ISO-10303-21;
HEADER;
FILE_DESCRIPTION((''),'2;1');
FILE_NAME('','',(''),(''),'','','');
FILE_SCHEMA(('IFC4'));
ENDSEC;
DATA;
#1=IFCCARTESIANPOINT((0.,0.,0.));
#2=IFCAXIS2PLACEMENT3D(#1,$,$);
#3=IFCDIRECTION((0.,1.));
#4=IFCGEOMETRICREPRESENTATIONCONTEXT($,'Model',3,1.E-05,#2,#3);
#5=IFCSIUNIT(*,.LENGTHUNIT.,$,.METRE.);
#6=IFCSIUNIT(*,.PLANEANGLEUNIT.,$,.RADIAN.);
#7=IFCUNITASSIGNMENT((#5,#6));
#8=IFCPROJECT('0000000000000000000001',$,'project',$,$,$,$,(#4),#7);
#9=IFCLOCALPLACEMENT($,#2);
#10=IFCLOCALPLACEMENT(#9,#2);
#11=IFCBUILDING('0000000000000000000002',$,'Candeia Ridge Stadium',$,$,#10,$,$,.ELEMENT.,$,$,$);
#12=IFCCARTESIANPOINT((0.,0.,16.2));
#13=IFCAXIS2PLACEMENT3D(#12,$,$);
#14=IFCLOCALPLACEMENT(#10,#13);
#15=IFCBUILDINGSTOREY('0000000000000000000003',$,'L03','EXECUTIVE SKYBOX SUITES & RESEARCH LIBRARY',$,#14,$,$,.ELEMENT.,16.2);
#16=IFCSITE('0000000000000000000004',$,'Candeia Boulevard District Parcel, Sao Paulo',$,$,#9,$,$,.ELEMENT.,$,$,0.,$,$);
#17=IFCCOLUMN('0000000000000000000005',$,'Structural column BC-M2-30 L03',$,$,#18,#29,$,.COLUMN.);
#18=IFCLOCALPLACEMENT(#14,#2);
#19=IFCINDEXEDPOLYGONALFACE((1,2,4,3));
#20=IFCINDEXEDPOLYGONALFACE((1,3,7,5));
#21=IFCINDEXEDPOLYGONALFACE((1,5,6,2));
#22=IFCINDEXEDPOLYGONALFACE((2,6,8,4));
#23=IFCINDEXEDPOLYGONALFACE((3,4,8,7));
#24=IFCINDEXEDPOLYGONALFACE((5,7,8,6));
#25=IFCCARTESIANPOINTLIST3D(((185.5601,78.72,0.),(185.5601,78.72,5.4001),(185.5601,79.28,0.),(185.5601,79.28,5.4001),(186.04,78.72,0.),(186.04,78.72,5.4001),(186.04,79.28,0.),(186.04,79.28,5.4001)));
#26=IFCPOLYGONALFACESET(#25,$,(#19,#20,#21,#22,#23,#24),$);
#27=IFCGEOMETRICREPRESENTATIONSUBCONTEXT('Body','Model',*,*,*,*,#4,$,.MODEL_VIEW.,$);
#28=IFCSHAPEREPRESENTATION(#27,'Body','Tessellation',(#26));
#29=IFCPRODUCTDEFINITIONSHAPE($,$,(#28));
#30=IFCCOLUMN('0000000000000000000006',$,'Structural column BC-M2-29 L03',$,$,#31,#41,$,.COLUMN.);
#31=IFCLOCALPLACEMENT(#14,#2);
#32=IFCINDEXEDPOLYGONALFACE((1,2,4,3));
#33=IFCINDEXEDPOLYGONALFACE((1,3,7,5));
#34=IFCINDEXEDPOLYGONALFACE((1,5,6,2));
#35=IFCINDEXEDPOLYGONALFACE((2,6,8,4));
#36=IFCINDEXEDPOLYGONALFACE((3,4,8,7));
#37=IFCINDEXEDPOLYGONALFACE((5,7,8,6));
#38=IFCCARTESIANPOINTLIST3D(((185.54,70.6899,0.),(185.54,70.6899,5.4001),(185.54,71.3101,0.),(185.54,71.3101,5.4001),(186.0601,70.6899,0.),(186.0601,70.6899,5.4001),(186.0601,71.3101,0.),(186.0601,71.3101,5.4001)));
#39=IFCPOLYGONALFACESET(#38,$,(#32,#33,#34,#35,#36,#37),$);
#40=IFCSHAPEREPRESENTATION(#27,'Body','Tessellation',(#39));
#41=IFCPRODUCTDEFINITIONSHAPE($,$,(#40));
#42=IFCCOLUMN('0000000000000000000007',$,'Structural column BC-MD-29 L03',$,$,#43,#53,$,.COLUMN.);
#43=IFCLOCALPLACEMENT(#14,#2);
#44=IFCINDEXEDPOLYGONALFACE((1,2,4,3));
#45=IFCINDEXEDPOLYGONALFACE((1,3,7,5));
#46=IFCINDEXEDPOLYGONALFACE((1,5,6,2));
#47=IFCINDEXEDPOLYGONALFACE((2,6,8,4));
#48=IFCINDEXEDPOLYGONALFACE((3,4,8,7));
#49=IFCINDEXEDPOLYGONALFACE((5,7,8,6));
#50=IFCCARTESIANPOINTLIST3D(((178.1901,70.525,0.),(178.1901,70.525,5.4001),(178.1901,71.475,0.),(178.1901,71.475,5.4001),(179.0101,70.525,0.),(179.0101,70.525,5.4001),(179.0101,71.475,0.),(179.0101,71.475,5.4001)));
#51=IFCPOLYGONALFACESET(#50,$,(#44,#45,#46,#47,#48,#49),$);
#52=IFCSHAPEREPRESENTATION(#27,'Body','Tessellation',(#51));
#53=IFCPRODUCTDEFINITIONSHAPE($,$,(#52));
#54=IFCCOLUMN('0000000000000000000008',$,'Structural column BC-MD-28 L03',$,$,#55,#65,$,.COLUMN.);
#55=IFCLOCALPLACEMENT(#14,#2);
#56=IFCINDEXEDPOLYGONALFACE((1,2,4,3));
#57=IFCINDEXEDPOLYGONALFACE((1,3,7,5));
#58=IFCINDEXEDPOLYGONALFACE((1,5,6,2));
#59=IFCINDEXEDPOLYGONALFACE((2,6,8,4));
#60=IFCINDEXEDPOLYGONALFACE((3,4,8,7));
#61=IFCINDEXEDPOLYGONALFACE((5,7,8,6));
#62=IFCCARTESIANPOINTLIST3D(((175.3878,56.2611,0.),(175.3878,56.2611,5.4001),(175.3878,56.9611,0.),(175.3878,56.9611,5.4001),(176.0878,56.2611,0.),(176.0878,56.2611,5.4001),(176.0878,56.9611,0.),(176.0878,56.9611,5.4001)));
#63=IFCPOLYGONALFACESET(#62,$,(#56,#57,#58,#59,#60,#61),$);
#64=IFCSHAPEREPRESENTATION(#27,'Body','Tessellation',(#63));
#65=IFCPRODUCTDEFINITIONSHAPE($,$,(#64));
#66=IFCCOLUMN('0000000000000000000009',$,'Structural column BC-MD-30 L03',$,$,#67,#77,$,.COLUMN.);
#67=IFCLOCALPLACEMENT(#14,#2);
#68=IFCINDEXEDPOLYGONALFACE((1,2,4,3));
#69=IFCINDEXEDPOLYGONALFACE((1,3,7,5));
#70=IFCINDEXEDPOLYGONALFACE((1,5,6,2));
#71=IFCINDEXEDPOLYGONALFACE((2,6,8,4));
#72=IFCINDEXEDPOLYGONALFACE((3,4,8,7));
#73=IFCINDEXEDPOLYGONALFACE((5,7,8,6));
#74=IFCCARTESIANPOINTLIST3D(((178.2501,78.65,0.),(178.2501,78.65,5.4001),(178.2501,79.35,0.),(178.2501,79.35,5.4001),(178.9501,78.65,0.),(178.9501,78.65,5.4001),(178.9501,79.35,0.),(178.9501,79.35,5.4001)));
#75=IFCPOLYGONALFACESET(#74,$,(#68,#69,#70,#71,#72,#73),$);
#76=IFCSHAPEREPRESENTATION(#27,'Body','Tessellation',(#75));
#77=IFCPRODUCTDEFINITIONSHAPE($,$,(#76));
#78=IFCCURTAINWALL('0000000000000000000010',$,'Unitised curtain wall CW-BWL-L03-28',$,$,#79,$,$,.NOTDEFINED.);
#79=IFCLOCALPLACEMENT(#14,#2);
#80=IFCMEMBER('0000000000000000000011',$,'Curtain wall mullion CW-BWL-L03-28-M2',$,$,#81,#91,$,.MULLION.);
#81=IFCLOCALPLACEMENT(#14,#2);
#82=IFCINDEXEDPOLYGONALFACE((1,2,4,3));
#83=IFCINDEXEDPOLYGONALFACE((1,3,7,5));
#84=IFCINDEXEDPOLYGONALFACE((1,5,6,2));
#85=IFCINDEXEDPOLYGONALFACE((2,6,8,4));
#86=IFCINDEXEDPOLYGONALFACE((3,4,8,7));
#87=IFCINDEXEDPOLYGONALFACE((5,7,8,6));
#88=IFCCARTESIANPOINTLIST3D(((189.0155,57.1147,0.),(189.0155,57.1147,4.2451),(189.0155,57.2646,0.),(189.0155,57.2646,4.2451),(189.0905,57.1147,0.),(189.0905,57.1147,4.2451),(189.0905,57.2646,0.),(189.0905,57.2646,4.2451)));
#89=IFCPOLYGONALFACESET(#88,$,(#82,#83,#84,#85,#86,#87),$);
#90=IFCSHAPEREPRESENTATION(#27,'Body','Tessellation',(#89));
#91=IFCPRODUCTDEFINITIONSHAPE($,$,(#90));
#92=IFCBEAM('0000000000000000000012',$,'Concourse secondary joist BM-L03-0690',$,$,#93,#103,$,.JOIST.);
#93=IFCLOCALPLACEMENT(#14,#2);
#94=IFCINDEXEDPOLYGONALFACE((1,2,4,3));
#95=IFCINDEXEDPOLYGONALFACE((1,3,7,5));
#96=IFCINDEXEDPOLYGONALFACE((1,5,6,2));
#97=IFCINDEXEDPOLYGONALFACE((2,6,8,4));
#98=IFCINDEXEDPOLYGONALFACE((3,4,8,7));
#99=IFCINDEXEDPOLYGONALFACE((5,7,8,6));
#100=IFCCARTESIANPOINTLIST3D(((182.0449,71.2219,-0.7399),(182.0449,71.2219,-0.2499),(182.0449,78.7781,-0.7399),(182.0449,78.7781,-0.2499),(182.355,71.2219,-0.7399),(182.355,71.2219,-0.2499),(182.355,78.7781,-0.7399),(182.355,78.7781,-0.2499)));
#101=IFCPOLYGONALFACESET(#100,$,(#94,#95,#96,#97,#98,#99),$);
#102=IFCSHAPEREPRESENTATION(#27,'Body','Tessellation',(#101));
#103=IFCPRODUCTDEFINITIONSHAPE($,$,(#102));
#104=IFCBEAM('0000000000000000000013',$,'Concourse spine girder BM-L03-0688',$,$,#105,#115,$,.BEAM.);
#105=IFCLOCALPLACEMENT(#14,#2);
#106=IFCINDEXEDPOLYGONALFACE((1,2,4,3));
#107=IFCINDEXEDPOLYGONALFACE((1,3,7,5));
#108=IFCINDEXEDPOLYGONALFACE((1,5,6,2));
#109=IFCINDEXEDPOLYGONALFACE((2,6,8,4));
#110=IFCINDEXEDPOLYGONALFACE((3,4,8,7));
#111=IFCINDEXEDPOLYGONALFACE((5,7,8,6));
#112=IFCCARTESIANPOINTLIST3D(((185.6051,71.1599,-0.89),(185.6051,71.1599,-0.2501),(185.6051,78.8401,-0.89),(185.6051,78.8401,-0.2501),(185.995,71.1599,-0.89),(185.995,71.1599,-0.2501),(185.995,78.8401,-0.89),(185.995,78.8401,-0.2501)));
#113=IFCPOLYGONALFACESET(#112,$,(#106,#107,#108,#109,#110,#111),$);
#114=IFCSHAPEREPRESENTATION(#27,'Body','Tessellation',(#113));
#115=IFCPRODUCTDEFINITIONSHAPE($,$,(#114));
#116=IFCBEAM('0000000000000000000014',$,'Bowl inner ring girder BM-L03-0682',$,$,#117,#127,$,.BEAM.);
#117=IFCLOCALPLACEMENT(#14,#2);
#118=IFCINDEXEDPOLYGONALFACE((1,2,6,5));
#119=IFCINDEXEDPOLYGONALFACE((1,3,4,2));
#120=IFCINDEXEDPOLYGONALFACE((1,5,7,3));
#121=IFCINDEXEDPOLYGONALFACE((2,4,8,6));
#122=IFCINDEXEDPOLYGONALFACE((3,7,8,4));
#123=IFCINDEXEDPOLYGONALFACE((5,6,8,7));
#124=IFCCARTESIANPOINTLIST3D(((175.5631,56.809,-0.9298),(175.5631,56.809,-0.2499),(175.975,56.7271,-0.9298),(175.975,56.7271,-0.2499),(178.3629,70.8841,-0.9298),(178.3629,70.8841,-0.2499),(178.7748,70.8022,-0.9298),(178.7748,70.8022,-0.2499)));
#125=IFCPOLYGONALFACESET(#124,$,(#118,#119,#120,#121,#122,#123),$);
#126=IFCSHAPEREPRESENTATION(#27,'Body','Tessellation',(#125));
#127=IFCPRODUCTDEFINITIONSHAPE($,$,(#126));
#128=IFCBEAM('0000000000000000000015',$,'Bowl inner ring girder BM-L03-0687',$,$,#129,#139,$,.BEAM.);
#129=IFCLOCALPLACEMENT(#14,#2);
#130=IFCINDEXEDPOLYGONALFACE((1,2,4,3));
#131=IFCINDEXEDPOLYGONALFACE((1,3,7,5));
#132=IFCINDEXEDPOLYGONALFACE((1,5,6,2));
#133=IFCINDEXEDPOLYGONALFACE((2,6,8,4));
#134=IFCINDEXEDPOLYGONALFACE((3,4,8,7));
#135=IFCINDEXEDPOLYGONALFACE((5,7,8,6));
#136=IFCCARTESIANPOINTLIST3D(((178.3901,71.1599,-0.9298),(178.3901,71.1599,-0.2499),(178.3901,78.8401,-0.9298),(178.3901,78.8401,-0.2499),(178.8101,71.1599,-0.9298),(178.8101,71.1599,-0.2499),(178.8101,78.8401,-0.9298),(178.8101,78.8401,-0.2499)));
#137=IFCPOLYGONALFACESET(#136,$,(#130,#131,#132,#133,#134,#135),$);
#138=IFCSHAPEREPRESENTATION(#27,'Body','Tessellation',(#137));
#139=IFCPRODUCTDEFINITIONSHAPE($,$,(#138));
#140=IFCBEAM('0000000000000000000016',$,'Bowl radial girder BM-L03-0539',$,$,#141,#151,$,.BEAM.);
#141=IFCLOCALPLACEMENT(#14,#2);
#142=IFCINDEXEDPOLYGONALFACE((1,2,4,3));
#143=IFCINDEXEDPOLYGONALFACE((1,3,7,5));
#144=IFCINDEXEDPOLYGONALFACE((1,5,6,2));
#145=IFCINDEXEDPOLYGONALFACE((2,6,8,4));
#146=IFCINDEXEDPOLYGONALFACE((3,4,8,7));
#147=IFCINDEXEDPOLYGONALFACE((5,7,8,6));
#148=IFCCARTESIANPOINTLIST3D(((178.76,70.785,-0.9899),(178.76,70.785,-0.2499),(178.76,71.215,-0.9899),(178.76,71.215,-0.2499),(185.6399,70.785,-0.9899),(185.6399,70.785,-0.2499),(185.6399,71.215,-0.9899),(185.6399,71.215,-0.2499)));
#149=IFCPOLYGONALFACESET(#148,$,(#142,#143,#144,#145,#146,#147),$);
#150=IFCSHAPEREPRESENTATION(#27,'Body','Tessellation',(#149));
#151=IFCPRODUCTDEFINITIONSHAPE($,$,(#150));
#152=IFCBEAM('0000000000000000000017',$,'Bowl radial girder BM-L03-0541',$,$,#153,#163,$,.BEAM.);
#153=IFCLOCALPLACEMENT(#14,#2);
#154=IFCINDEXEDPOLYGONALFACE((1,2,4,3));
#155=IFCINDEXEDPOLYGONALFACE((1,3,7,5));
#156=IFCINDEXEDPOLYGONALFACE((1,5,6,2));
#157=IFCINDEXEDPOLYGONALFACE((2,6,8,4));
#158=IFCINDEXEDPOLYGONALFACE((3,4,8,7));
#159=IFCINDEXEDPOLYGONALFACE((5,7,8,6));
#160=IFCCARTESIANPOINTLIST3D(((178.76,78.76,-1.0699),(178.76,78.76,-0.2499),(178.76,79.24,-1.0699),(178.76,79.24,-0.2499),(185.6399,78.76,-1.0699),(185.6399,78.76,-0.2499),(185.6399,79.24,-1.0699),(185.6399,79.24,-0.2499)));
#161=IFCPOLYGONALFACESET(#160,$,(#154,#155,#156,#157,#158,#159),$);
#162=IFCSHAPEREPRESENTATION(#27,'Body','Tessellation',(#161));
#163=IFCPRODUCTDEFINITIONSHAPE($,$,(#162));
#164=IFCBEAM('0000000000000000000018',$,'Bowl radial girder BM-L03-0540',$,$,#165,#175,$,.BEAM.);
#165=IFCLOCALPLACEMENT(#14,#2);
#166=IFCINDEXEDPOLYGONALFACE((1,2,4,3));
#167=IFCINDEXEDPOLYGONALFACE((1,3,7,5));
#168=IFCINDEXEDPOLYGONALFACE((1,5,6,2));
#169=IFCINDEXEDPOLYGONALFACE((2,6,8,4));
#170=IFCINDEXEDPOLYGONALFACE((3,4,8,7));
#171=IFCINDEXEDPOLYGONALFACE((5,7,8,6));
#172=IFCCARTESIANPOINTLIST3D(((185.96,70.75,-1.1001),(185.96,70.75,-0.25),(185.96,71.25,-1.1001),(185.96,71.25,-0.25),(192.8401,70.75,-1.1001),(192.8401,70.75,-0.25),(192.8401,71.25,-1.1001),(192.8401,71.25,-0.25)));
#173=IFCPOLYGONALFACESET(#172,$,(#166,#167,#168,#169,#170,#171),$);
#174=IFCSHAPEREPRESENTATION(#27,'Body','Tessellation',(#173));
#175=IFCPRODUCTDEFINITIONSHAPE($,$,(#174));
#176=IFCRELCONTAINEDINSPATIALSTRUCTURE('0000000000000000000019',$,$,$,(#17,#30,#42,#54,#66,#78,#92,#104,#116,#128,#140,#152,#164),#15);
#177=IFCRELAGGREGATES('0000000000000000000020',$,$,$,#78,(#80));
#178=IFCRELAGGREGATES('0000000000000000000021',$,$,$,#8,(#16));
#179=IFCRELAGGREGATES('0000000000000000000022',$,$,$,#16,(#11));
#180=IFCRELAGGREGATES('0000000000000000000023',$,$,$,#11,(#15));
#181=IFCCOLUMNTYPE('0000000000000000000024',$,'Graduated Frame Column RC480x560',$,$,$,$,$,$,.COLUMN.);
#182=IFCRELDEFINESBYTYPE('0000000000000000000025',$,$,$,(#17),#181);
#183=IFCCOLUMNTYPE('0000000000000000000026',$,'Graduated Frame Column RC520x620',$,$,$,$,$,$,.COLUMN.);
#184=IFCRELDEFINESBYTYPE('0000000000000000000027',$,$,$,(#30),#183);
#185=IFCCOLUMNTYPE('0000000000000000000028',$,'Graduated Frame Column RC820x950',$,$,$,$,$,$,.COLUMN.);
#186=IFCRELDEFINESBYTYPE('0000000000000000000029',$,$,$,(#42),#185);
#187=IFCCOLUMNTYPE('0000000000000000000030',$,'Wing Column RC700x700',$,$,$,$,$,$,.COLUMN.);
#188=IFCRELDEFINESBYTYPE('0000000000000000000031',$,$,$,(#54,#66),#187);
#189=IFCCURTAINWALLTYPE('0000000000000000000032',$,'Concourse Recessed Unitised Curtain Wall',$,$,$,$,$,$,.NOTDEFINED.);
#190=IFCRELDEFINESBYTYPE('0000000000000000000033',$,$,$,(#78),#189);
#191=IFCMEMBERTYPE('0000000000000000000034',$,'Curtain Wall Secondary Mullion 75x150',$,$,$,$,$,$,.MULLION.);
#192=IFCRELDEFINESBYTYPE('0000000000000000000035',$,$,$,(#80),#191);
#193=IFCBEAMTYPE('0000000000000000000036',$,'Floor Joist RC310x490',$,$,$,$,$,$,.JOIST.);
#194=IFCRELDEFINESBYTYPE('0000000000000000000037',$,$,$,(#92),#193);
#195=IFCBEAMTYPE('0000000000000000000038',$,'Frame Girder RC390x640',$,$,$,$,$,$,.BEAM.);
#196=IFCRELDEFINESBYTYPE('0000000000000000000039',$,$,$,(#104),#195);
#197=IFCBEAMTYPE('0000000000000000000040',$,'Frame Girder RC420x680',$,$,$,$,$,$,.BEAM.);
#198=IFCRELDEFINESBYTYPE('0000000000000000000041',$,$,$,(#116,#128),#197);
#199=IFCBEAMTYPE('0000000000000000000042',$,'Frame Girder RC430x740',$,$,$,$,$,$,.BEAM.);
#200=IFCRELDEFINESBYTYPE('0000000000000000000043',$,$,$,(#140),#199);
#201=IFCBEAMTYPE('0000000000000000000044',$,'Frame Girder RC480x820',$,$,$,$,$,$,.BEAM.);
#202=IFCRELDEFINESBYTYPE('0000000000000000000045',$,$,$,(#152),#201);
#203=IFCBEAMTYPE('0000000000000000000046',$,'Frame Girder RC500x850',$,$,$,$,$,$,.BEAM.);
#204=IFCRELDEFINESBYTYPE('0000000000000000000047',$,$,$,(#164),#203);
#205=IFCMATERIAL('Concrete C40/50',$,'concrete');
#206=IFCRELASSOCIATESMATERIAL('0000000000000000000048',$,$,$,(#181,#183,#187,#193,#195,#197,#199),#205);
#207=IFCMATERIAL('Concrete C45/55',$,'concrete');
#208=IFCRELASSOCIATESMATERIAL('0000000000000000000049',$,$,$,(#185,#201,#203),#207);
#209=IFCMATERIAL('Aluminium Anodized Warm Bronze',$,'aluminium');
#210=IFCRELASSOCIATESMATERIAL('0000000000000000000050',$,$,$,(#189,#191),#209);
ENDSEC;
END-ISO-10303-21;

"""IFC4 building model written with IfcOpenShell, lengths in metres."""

from ifc_helpers import new_model, si_unit, direction, frame, origin, origin_2d, place, context, subcontext, project, spatial, rectangle, extrude, material, material_profile, profile_set, type_object, element, aggregate, save


model = new_model("IFC4")

# Units and contexts
model_context = context("Model", 3, precision=1e-05, world=origin(), true_north=direction((0.0, 1.0)))
body_context = subcontext(model_context, "Body", "Model", "MODEL_VIEW")
ifc_project = project(units=[si_unit("LENGTHUNIT", "METRE"), si_unit("PLANEANGLEUNIT", "RADIAN")], contexts=[model_context])

# Site, building, storey
site_placement = place(None, origin())
site = spatial("IfcSite", under=ifc_project, at=site_placement, Name="Candeia Boulevard District Parcel, Sao Paulo", CompositionType="ELEMENT", RefElevation=0.0)
building_placement = place(site_placement, origin())
building = spatial("IfcBuilding", under=site, at=building_placement, Name="Candeia Ridge Stadium", CompositionType="ELEMENT")
storey_placement = place(building_placement, frame((0.0, 0.0, 16.2)))
storey = spatial("IfcBuildingStorey", under=building, at=storey_placement, Name="L03", Description="EXECUTIVE SKYBOX SUITES & RESEARCH LIBRARY", CompositionType="ELEMENT", Elevation=16.2)

# Columns
ifc_material_1 = material(Name="Concrete C40/50", Category="concrete")
ifc_material_profile_1 = material_profile(ifc_material_1, rectangle(XDim=0.48, YDim=0.5601, at=origin_2d()), Name="RC480x560", Category="concrete")
ifc_profile_set_1 = profile_set([ifc_material_profile_1], Name="Concrete C40/50")
column_type_1 = type_object("IfcColumnType", Name="Graduated Frame Column RC480x560", PredefinedType="COLUMN", material=ifc_profile_set_1)
column_1_placement = place(storey_placement, frame((185.8, 79.0, 0.0), z_axis=(0.0, 0.0, 1.0), x_axis=(1.0, 0.0, 0.0)))
element("IfcColumn", 1, at=column_1_placement, inside=storey, type_object=column_type_1, Name="Structural column BC-M2-30 L03", PredefinedType="COLUMN", context=body_context, shape_type="SweptSolid", body=[
    extrude(rectangle(XDim=0.48, YDim=0.5601, at=origin_2d()), origin(), (0.0, 0.0, 1.0), 5.4001),
])
ifc_material_profile_2 = material_profile(ifc_material_1, rectangle(XDim=0.52, YDim=0.6201, at=origin_2d()), Name="RC520x620", Category="concrete")
ifc_profile_set_2 = profile_set([ifc_material_profile_2], Name="Concrete C40/50")
column_type_2 = type_object("IfcColumnType", Name="Graduated Frame Column RC520x620", PredefinedType="COLUMN", material=ifc_profile_set_2)
column_2_placement = place(storey_placement, frame((185.8, 71.0, 0.0), z_axis=(0.0, 0.0, 1.0), x_axis=(1.0, 0.0, 0.0)))
element("IfcColumn", 2, at=column_2_placement, inside=storey, type_object=column_type_2, Name="Structural column BC-M2-29 L03", PredefinedType="COLUMN", context=body_context, shape_type="SweptSolid", body=[
    extrude(rectangle(XDim=0.52, YDim=0.6201, at=origin_2d()), origin(), (0.0, 0.0, 1.0), 5.4001),
])
ifc_material_2 = material(Name="Concrete C45/55", Category="concrete")
ifc_material_profile_3 = material_profile(ifc_material_2, rectangle(XDim=0.8201, YDim=0.95, at=origin_2d()), Name="RC820x950", Category="concrete")
ifc_profile_set_3 = profile_set([ifc_material_profile_3], Name="Concrete C45/55")
column_type_3 = type_object("IfcColumnType", Name="Graduated Frame Column RC820x950", PredefinedType="COLUMN", material=ifc_profile_set_3)
column_3_placement = place(storey_placement, frame((178.6001, 71.0, 0.0), z_axis=(0.0, 0.0, 1.0), x_axis=(1.0, 0.0, 0.0)))
element("IfcColumn", 3, at=column_3_placement, inside=storey, type_object=column_type_3, Name="Structural column BC-MD-29 L03", PredefinedType="COLUMN", context=body_context, shape_type="SweptSolid", body=[
    extrude(rectangle(XDim=0.8201, YDim=0.95, at=origin_2d()), origin(), (0.0, 0.0, 1.0), 5.4001),
])
ifc_material_profile_4 = material_profile(ifc_material_1, rectangle(XDim=0.7, YDim=0.7, at=origin_2d()), Name="RC700x700", Category="concrete")
ifc_profile_set_4 = profile_set([ifc_material_profile_4], Name="Concrete C40/50")
column_type_4 = type_object("IfcColumnType", Name="Wing Column RC700x700", PredefinedType="COLUMN", material=ifc_profile_set_4)
for number, where, z_axis, x_axis, name in (
    (4, (175.7378, 56.6111, 0.0), (0.0, 0.0, 1.0), (1.0, 0.0, 0.0), "Structural column BC-MD-28 L03"),
    (5, (178.6001, 79.0, 0.0), (0.0, 0.0, 1.0), (1.0, 0.0, 0.0), "Structural column BC-MD-30 L03"),
):
    element("IfcColumn", number, at=place(storey_placement, frame(where, z_axis=z_axis, x_axis=x_axis)), inside=storey, type_object=column_type_4, Name=name, PredefinedType="COLUMN", context=body_context, shape_type="SweptSolid", body=[
        extrude(rectangle(XDim=0.7, YDim=0.7, at=origin_2d()), origin(), (0.0, 0.0, 1.0), 5.4001),
    ])

# Curtain wall, member
ifc_material_3 = material(Name="Aluminium Anodized Warm Bronze", Category="aluminium")
curtain_wall_type = type_object("IfcCurtainWallType", Name="Concourse Recessed Unitised Curtain Wall", PredefinedType="NOTDEFINED", material=ifc_material_3)
curtain_wall_placement = place(storey_placement, origin())
curtain_wall = element("IfcCurtainWall", 6, at=curtain_wall_placement, inside=storey, type_object=curtain_wall_type, Name="Unitised curtain wall CW-BWL-L03-28", PredefinedType="NOTDEFINED")
ifc_material_profile_5 = material_profile(ifc_material_3, rectangle(XDim=0.075, YDim=0.1499, at=origin_2d()), Name="CWM-75x150", Category="aluminium")
ifc_profile_set_5 = profile_set([ifc_material_profile_5], Name="Aluminium Anodized Warm Bronze")
member_type = type_object("IfcMemberType", Name="Curtain Wall Secondary Mullion 75x150", PredefinedType="MULLION", material=ifc_profile_set_5)
member_placement = place(storey_placement, frame((189.053, 57.1897, 0.0), z_axis=(0.0, 0.0, 1.0), x_axis=(1.0, 0.0, 0.0)))
member = element("IfcMember", 7, at=member_placement, type_object=member_type, Name="Curtain wall mullion CW-BWL-L03-28-M2", PredefinedType="MULLION", context=body_context, shape_type="SweptSolid", body=[
    extrude(rectangle(XDim=0.075, YDim=0.1499, at=origin_2d()), origin(), (0.0, 0.0, 1.0), 4.2451),
])

# Beams
ifc_material_profile_6 = material_profile(ifc_material_1, rectangle(XDim=0.3101, YDim=0.49, at=origin_2d()), Name="RC310x490", Category="concrete")
ifc_profile_set_6 = profile_set([ifc_material_profile_6], Name="Concrete C40/50")
beam_type_1 = type_object("IfcBeamType", Name="Floor Joist RC310x490", PredefinedType="JOIST", material=ifc_profile_set_6)
beam_1_placement = place(storey_placement, frame((182.2, 71.2219, -0.4949), z_axis=(0.0, 1.0, 0.0), x_axis=(-1.0, 0.0, 0.0)))
element("IfcBeam", 8, at=beam_1_placement, inside=storey, type_object=beam_type_1, Name="Concourse secondary joist BM-L03-0690", PredefinedType="JOIST", context=body_context, shape_type="SweptSolid", body=[
    extrude(rectangle(XDim=0.3101, YDim=0.49, at=origin_2d()), origin(), (0.0, 0.0, 1.0), 7.5562),
])
ifc_material_profile_7 = material_profile(ifc_material_1, rectangle(XDim=0.3899, YDim=0.6399, at=origin_2d()), Name="RC390x640", Category="concrete")
ifc_profile_set_7 = profile_set([ifc_material_profile_7], Name="Concrete C40/50")
beam_type_2 = type_object("IfcBeamType", Name="Frame Girder RC390x640", PredefinedType="BEAM", material=ifc_profile_set_7)
beam_2_placement = place(storey_placement, frame((185.8, 71.1599, -0.5701), z_axis=(0.0, 1.0, 0.0), x_axis=(-1.0, 0.0, 0.0)))
element("IfcBeam", 9, at=beam_2_placement, inside=storey, type_object=beam_type_2, Name="Concourse spine girder BM-L03-0688", PredefinedType="BEAM", context=body_context, shape_type="SweptSolid", body=[
    extrude(rectangle(XDim=0.3899, YDim=0.6399, at=origin_2d()), origin(), (0.0, 0.0, 1.0), 7.6802),
])
ifc_material_profile_8 = material_profile(ifc_material_1, rectangle(XDim=0.4199, YDim=0.6799, at=origin_2d()), Name="RC420x680", Category="concrete")
ifc_profile_set_8 = profile_set([ifc_material_profile_8], Name="Concrete C40/50")
beam_type_3 = type_object("IfcBeamType", Name="Frame Girder RC420x680", PredefinedType="BEAM", material=ifc_profile_set_8)
beam_3_placement = place(storey_placement, frame((175.769, 56.7681, -0.5898), z_axis=(0.195099, 0.980784, 0.0), x_axis=(-0.980784, 0.195099, 0.0)))
element("IfcBeam", 10, at=beam_3_placement, inside=storey, type_object=beam_type_3, Name="Bowl inner ring girder BM-L03-0682", PredefinedType="BEAM", context=body_context, shape_type="SweptSolid", body=[
    extrude(rectangle(XDim=0.4199, YDim=0.6799, at=origin_2d()), origin(), (0.0, 0.0, 1.0), 14.3508),
])
beam_4_placement = place(storey_placement, frame((178.6001, 71.1599, -0.5898), z_axis=(0.0, 1.0, 0.0), x_axis=(-1.0, 0.0, 0.0)))
element("IfcBeam", 11, at=beam_4_placement, inside=storey, type_object=beam_type_3, Name="Bowl inner ring girder BM-L03-0687", PredefinedType="BEAM", context=body_context, shape_type="SweptSolid", body=[
    extrude(rectangle(XDim=0.4199, YDim=0.6799, at=origin_2d()), origin(), (0.0, 0.0, 1.0), 7.6802),
])
ifc_material_profile_9 = material_profile(ifc_material_1, rectangle(XDim=0.4299, YDim=0.74, at=origin_2d()), Name="RC430x740", Category="concrete")
ifc_profile_set_9 = profile_set([ifc_material_profile_9], Name="Concrete C40/50")
beam_type_4 = type_object("IfcBeamType", Name="Frame Girder RC430x740", PredefinedType="BEAM", material=ifc_profile_set_9)
beam_5_placement = place(storey_placement, frame((178.76, 71.0, -0.6199), z_axis=(1.0, 0.0, 0.0), x_axis=(0.0, 1.0, 0.0)))
element("IfcBeam", 12, at=beam_5_placement, inside=storey, type_object=beam_type_4, Name="Bowl radial girder BM-L03-0539", PredefinedType="BEAM", context=body_context, shape_type="SweptSolid", body=[
    extrude(rectangle(XDim=0.4299, YDim=0.74, at=origin_2d()), origin(), (0.0, 0.0, 1.0), 6.8799),
])
ifc_material_profile_10 = material_profile(ifc_material_2, rectangle(XDim=0.48, YDim=0.8201, at=origin_2d()), Name="RC480x820", Category="concrete")
ifc_profile_set_10 = profile_set([ifc_material_profile_10], Name="Concrete C45/55")
beam_type_5 = type_object("IfcBeamType", Name="Frame Girder RC480x820", PredefinedType="BEAM", material=ifc_profile_set_10)
beam_6_placement = place(storey_placement, frame((178.76, 79.0, -0.6599), z_axis=(1.0, 0.0, 0.0), x_axis=(0.0, 1.0, 0.0)))
element("IfcBeam", 13, at=beam_6_placement, inside=storey, type_object=beam_type_5, Name="Bowl radial girder BM-L03-0541", PredefinedType="BEAM", context=body_context, shape_type="SweptSolid", body=[
    extrude(rectangle(XDim=0.48, YDim=0.8201, at=origin_2d()), origin(), (0.0, 0.0, 1.0), 6.8799),
])
ifc_material_profile_11 = material_profile(ifc_material_2, rectangle(XDim=0.5, YDim=0.8501, at=origin_2d()), Name="RC500x850", Category="concrete")
ifc_profile_set_11 = profile_set([ifc_material_profile_11], Name="Concrete C45/55")
beam_type_6 = type_object("IfcBeamType", Name="Frame Girder RC500x850", PredefinedType="BEAM", material=ifc_profile_set_11)
beam_7_placement = place(storey_placement, frame((185.96, 71.0, -0.675), z_axis=(1.0, 0.0, 0.0), x_axis=(0.0, 1.0, 0.0)))
element("IfcBeam", 14, at=beam_7_placement, inside=storey, type_object=beam_type_6, Name="Bowl radial girder BM-L03-0540", PredefinedType="BEAM", context=body_context, shape_type="SweptSolid", body=[
    extrude(rectangle(XDim=0.5, YDim=0.8501, at=origin_2d()), origin(), (0.0, 0.0, 1.0), 6.8801),
])

aggregate(curtain_wall, [member])

save(model, "model.ifc")
